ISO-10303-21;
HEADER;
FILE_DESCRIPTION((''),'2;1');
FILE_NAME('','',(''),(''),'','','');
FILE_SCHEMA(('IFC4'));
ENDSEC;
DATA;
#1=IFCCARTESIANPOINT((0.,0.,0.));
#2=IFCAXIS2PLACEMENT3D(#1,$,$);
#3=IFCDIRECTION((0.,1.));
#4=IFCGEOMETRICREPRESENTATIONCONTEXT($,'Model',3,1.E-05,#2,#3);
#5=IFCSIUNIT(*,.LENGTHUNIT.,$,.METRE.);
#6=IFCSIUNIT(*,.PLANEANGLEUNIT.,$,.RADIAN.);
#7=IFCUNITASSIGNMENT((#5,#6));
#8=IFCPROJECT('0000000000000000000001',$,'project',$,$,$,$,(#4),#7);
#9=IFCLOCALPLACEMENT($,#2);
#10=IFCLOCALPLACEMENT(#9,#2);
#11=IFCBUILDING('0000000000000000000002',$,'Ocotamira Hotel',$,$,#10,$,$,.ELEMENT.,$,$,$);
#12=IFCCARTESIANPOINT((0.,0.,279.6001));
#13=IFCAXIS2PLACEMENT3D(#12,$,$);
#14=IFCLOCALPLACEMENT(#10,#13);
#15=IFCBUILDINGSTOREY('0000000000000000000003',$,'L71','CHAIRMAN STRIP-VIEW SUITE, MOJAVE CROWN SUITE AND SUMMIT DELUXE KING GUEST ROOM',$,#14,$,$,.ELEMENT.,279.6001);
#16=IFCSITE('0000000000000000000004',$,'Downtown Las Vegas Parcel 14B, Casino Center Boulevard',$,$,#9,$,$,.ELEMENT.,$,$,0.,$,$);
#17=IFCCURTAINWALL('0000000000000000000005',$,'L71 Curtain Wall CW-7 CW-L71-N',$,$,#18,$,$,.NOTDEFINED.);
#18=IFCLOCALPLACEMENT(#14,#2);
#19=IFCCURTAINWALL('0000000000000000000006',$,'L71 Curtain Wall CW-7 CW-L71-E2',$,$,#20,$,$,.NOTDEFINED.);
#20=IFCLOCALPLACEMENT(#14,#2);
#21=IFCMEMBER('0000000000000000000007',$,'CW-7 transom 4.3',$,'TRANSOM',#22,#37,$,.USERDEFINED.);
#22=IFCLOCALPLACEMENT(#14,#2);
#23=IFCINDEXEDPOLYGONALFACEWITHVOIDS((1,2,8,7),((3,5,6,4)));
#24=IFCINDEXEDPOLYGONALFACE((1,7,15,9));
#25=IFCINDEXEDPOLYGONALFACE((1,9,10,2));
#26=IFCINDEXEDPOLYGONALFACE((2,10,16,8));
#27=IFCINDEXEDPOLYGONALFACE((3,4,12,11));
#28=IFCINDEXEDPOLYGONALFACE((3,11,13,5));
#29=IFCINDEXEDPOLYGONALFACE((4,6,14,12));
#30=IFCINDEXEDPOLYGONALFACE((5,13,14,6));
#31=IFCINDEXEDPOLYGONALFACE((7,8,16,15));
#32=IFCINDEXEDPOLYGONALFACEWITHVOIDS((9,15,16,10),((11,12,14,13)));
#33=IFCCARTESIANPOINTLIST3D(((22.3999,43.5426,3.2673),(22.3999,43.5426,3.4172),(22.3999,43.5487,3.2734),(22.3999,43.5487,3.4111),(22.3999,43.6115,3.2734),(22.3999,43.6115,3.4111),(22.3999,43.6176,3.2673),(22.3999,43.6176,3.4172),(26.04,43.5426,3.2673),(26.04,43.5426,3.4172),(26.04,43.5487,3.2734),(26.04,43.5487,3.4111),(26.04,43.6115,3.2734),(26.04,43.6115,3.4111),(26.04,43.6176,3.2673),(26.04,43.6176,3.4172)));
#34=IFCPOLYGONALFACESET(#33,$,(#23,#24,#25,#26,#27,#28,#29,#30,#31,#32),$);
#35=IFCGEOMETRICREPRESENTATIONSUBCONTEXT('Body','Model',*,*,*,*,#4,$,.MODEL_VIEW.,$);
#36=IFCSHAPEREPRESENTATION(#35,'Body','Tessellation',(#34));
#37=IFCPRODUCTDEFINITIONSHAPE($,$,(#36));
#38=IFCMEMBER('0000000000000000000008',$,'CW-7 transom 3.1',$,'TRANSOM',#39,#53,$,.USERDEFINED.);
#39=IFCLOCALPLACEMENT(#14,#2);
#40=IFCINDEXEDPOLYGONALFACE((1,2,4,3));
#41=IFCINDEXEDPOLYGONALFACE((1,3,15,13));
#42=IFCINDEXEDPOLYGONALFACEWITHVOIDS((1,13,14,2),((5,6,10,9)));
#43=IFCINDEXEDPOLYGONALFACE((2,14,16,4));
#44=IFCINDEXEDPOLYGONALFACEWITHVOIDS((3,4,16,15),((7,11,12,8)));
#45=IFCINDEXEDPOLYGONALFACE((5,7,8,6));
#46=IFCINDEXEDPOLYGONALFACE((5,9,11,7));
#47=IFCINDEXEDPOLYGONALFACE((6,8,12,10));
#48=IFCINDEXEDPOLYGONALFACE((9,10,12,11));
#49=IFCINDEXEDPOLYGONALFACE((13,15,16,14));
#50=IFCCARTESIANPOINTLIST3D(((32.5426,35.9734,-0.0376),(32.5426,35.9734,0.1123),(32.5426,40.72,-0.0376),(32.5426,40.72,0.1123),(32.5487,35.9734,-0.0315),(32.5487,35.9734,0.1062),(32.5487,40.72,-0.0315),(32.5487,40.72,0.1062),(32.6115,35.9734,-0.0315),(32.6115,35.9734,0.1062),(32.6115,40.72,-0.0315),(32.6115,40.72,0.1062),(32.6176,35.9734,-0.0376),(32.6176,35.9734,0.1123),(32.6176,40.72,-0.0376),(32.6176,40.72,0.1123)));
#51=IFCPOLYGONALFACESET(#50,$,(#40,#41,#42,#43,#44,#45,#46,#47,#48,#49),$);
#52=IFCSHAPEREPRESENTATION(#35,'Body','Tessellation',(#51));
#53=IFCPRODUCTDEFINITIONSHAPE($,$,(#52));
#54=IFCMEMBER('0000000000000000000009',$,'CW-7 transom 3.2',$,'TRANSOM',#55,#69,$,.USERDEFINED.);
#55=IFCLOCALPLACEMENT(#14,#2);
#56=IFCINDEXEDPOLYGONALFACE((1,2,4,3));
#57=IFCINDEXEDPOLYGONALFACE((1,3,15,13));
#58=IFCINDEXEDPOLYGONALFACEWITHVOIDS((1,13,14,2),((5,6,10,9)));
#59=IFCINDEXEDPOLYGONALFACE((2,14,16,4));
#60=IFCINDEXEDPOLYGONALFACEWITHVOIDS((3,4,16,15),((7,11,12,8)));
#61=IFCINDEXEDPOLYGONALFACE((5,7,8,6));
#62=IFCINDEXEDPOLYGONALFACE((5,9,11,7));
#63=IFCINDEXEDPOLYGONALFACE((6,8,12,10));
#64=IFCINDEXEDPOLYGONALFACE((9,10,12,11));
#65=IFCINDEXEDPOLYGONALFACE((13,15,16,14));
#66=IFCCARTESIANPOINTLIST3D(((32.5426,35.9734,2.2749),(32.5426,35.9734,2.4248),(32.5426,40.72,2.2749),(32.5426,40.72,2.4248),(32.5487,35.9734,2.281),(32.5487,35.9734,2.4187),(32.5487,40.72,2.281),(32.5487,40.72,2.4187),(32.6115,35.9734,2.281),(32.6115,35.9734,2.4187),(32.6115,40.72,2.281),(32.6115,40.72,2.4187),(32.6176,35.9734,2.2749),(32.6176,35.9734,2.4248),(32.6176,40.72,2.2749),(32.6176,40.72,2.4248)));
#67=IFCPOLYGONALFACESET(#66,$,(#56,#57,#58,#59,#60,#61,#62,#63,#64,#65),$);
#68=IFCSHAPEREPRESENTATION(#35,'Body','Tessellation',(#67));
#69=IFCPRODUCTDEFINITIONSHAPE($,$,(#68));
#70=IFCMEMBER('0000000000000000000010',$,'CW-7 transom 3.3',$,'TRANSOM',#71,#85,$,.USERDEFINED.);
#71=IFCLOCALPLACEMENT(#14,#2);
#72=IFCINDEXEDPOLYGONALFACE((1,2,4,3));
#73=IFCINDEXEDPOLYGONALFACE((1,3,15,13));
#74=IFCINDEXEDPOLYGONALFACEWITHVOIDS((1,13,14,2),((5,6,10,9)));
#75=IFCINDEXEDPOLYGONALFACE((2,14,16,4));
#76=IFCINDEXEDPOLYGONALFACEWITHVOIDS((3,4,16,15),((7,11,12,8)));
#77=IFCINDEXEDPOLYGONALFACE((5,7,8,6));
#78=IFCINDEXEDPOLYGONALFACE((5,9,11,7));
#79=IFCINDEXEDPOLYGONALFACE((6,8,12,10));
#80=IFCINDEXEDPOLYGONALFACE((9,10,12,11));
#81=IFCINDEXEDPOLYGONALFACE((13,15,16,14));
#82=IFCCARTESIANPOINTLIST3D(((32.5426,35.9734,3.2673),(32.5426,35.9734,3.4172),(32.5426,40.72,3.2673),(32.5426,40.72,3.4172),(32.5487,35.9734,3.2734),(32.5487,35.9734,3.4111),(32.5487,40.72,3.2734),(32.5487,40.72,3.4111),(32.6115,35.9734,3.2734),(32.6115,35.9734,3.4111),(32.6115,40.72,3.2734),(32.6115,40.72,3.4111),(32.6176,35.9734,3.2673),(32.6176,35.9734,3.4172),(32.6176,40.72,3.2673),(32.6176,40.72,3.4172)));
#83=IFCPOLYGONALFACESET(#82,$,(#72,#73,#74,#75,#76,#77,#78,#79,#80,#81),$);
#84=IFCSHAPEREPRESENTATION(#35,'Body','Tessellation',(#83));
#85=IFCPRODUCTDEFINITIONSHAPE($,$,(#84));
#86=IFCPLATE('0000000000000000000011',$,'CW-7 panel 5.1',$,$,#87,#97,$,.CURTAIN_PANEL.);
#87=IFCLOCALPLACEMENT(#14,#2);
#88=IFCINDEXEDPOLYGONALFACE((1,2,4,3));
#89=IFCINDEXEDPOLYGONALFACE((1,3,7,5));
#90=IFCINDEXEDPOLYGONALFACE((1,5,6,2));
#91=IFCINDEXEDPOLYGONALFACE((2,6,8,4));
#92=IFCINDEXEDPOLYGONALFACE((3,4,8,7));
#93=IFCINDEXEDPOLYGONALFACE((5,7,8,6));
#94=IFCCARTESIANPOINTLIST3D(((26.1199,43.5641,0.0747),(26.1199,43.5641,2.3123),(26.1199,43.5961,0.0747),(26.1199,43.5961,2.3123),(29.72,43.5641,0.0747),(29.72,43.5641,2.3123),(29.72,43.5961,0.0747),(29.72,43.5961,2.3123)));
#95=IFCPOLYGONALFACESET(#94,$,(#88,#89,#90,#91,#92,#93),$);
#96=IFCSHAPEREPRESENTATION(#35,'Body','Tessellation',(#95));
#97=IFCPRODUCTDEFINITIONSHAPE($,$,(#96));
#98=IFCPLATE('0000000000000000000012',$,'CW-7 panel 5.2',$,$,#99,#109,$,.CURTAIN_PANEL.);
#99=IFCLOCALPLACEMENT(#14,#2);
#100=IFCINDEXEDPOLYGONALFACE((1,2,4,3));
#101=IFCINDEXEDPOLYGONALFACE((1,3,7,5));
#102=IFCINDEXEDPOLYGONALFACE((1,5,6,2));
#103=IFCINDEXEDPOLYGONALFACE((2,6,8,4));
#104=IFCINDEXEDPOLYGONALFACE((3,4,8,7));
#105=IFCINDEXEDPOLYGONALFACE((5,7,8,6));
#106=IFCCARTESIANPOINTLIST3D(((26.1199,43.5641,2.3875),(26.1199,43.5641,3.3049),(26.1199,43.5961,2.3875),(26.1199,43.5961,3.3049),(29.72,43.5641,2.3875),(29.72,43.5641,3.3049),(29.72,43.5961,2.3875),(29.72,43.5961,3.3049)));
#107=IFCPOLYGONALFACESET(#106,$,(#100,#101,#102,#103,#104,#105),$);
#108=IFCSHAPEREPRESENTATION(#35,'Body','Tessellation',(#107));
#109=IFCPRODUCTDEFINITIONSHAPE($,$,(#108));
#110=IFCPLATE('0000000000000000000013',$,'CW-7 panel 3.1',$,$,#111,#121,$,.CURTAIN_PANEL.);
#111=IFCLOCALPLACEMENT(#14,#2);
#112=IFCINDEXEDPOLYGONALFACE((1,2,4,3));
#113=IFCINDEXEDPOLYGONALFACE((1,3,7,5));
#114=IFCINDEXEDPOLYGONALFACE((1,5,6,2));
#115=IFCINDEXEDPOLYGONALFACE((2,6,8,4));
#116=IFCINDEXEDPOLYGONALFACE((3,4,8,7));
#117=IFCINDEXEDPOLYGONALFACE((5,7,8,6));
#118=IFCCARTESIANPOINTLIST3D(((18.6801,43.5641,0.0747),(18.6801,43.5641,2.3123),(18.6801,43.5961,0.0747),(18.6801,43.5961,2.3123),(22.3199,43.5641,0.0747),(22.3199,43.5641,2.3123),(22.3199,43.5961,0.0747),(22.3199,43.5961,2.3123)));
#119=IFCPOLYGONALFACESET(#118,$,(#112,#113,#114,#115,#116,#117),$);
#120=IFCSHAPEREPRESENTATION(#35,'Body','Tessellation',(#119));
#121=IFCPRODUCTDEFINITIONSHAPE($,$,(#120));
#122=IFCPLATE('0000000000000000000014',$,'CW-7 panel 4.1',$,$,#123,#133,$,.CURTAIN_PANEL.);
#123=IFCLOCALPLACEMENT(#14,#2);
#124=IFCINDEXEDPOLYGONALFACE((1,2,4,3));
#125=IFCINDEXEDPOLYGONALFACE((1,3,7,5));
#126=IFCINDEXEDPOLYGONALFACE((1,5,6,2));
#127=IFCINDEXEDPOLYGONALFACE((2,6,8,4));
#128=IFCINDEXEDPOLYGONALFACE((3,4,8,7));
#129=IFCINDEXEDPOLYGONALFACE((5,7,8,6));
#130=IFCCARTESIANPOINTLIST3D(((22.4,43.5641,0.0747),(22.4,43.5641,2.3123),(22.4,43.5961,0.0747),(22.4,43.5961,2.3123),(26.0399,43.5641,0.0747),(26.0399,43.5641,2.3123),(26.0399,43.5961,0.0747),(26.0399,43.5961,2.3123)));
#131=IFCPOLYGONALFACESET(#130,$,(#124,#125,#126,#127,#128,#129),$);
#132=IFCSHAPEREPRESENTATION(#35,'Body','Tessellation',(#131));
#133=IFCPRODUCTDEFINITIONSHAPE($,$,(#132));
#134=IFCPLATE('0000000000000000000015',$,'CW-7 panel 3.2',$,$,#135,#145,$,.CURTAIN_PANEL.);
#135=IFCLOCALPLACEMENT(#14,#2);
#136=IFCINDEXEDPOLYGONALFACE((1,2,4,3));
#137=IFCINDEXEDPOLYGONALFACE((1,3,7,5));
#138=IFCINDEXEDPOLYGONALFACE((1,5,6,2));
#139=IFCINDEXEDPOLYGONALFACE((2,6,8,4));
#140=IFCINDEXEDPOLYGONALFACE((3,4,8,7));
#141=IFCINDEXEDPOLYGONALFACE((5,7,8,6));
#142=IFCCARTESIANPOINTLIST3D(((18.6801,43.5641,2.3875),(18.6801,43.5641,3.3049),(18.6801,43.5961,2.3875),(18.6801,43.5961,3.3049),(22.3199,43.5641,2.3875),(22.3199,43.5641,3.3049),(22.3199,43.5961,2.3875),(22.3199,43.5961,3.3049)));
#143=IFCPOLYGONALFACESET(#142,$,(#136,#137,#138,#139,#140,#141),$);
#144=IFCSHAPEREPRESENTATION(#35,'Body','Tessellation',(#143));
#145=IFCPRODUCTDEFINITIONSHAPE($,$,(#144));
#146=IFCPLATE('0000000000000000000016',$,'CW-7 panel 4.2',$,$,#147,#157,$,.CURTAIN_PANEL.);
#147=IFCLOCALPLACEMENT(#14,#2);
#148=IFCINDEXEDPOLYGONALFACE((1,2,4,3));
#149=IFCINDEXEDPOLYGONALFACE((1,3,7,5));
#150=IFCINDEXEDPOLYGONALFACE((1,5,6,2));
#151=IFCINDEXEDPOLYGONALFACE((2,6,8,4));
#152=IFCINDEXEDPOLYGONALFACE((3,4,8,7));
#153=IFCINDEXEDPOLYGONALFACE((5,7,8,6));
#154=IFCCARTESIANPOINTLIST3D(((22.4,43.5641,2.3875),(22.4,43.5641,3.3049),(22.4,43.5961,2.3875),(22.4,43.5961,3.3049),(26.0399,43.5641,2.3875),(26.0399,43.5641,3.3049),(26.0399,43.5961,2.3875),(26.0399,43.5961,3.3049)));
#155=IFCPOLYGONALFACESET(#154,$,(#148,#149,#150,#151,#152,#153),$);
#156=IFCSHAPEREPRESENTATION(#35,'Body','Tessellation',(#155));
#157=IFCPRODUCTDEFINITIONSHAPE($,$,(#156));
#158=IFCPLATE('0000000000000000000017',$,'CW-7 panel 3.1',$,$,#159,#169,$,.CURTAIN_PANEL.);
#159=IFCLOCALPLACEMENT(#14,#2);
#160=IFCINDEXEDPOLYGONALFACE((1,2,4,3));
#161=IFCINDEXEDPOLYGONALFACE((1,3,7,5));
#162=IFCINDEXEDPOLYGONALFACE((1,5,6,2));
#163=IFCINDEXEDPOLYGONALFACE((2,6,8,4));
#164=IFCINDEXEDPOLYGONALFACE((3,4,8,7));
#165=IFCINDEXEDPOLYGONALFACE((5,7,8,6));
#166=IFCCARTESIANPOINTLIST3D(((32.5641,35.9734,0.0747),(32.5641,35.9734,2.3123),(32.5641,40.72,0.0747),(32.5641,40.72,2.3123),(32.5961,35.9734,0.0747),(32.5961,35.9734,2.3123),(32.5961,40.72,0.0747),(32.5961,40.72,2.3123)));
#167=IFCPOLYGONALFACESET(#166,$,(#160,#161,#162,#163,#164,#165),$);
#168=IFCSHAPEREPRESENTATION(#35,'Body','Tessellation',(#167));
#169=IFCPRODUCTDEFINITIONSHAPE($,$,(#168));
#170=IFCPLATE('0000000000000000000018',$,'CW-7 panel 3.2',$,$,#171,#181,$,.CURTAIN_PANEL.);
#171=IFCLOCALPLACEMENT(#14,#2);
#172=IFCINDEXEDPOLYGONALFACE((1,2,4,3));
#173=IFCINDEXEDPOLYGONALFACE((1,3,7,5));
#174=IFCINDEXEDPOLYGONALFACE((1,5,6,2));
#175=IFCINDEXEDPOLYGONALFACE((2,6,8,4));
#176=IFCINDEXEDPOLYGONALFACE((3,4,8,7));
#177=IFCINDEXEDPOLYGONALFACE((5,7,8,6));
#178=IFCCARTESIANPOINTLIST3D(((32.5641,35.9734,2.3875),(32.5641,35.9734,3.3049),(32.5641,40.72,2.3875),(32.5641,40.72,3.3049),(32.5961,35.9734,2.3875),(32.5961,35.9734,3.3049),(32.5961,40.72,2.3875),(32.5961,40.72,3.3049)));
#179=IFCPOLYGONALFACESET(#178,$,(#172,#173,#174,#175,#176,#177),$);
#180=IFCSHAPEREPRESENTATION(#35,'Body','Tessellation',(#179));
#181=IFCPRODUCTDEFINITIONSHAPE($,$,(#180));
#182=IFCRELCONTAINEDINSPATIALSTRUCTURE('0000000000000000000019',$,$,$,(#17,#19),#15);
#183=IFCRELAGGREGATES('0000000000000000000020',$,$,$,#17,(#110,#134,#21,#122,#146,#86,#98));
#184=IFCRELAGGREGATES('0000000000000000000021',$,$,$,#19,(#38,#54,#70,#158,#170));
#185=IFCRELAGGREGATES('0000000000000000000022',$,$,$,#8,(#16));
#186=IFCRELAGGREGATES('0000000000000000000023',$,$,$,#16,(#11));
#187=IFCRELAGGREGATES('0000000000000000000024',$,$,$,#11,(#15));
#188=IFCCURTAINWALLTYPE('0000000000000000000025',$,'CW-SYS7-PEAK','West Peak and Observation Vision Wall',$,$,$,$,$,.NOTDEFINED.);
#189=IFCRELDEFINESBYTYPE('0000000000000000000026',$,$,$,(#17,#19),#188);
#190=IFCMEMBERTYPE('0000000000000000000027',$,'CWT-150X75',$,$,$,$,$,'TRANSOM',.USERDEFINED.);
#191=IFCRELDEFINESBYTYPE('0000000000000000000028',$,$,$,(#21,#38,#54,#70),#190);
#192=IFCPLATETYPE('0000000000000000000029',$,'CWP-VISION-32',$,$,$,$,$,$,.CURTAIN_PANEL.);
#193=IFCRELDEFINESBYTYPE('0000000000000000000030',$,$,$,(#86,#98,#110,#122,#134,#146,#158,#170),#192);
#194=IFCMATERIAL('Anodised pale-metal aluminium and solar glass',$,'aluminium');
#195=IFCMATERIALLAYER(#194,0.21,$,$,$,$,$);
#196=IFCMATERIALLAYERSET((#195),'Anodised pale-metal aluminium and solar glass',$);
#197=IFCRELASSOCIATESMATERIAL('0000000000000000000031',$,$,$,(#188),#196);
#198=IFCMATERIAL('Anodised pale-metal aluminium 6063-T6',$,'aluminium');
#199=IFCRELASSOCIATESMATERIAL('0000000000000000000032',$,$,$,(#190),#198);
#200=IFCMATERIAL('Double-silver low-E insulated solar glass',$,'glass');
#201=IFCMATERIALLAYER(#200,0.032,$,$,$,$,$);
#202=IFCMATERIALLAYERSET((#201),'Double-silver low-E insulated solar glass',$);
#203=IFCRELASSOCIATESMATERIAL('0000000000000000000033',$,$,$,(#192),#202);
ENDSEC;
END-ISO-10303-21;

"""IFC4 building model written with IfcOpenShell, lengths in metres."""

from ifc_helpers import new_model, si_unit, direction, frame, origin, origin_2d, place, context, subcontext, project, spatial, rectangle, hollow_rectangle, extrude, source, transform, mapped, material, layer, layer_set, material_profile, profile_set, type_object, element, aggregate, save


model = new_model("IFC4")

# Units and contexts
model_context = context("Model", 3, precision=1e-05, world=origin(), true_north=direction((0.0, 1.0)))
body_context = subcontext(model_context, "Body", "Model", "MODEL_VIEW")
ifc_project = project(units=[si_unit("LENGTHUNIT", "METRE"), si_unit("PLANEANGLEUNIT", "RADIAN")], contexts=[model_context])

# Site, building, storey
site_placement = place(None, origin())
site = spatial("IfcSite", under=ifc_project, at=site_placement, Name="Downtown Las Vegas Parcel 14B, Casino Center Boulevard", CompositionType="ELEMENT", RefElevation=0.0)
building_placement = place(site_placement, origin())
building = spatial("IfcBuilding", under=site, at=building_placement, Name="Ocotamira Hotel", CompositionType="ELEMENT")
storey_placement = place(building_placement, frame((0.0, 0.0, 279.6001)))
storey = spatial("IfcBuildingStorey", under=building, at=storey_placement, Name="L71", Description="CHAIRMAN STRIP-VIEW SUITE, MOJAVE CROWN SUITE AND SUMMIT DELUXE KING GUEST ROOM", CompositionType="ELEMENT", Elevation=279.6001)

# Curtain wall
ifc_material_1 = material(Name="Anodised pale-metal aluminium and solar glass", Category="aluminium")
ifc_layer_1 = layer(ifc_material_1, 0.21)
ifc_layer_set_1 = layer_set([ifc_layer_1], Name="Anodised pale-metal aluminium and solar glass")
curtain_wall_type = type_object("IfcCurtainWallType", Name="CW-SYS7-PEAK", Description="West Peak and Observation Vision Wall", PredefinedType="NOTDEFINED", material=ifc_layer_set_1)
curtain_wall_1_placement = place(storey_placement, origin())
curtain_wall_1 = element("IfcCurtainWall", 1, at=curtain_wall_1_placement, inside=storey, type_object=curtain_wall_type, Name="L71 Curtain Wall CW-7 CW-L71-N", PredefinedType="NOTDEFINED")
ifc_material_2 = material(Name="Anodised pale-metal aluminium 6063-T6", Category="aluminium")

# Curtain wall
curtain_wall_2_placement = place(storey_placement, origin())
curtain_wall_2 = element("IfcCurtainWall", 2, at=curtain_wall_2_placement, inside=storey, type_object=curtain_wall_type, Name="L71 Curtain Wall CW-7 CW-L71-E2", PredefinedType="NOTDEFINED")

# Members
ifc_material_profile_1 = material_profile(ifc_material_2, hollow_rectangle(XDim=0.075, YDim=0.1499, WallThickness=0.0061, at=origin_2d()), Name="HSS150X75X6")
ifc_profile_set_1 = profile_set([ifc_material_profile_1], Name="Anodised pale-metal aluminium 6063-T6")
member_type_1 = type_object("IfcMemberType", Name="CWT-150X75", ElementType="TRANSOM", PredefinedType="USERDEFINED", material=ifc_profile_set_1)
shared_shape_1 = source(origin(), body_context, "Body", "SweptSolid", [
    extrude(hollow_rectangle(XDim=0.075, YDim=0.1499, WallThickness=0.0061, at=origin_2d()), origin(), (0.0, 0.0, 1.0), 3.6401),
])
member_1_placement = place(storey_placement, frame((22.3999, 43.5801, 3.3423), z_axis=(1.0, 0.0, 0.0), x_axis=(0.0, 1.0, 0.0)))
member_1 = element("IfcMember", 3, at=member_1_placement, type_object=member_type_1, Name="CW-7 transom 4.3", ObjectType="TRANSOM", PredefinedType="USERDEFINED", context=body_context, shape_type="MappedRepresentation", body=[
    mapped(shared_shape_1, transform((0.0, 0.0, 0.0), scale=1.0)),
])
shared_shape_2 = source(origin(), body_context, "Body", "SweptSolid", [
    extrude(hollow_rectangle(XDim=0.075, YDim=0.1499, WallThickness=0.0061, at=origin_2d()), origin(), (0.0, 0.0, 1.0), 4.7466),
])
member_2_placement = place(storey_placement, frame((32.5801, 35.9734, 0.0374), z_axis=(0.0, 1.0, 0.0), x_axis=(-1.0, 0.0, 0.0)))
member_2 = element("IfcMember", 4, at=member_2_placement, type_object=member_type_1, Name="CW-7 transom 3.1", ObjectType="TRANSOM", PredefinedType="USERDEFINED", context=body_context, shape_type="MappedRepresentation", body=[
    mapped(shared_shape_2, transform((0.0, 0.0, 0.0), scale=1.0)),
])
member_3_placement = place(storey_placement, frame((32.5801, 35.9734, 2.3499), z_axis=(0.0, 1.0, 0.0), x_axis=(-1.0, 0.0, 0.0)))
member_3 = element("IfcMember", 5, at=member_3_placement, type_object=member_type_1, Name="CW-7 transom 3.2", ObjectType="TRANSOM", PredefinedType="USERDEFINED", context=body_context, shape_type="MappedRepresentation", body=[
    mapped(shared_shape_2, transform((0.0, 0.0, 0.0), scale=1.0)),
])
member_4_placement = place(storey_placement, frame((32.5801, 35.9734, 3.3423), z_axis=(0.0, 1.0, 0.0), x_axis=(-1.0, 0.0, 0.0)))
member_4 = element("IfcMember", 6, at=member_4_placement, type_object=member_type_1, Name="CW-7 transom 3.3", ObjectType="TRANSOM", PredefinedType="USERDEFINED", context=body_context, shape_type="MappedRepresentation", body=[
    mapped(shared_shape_2, transform((0.0, 0.0, 0.0), scale=1.0)),
])

# Plates
ifc_material_3 = material(Name="Double-silver low-E insulated solar glass", Category="glass")
ifc_layer_2 = layer(ifc_material_3, 0.032)
ifc_layer_set_2 = layer_set([ifc_layer_2], Name="Double-silver low-E insulated solar glass")
plate_type = type_object("IfcPlateType", Name="CWP-VISION-32", PredefinedType="CURTAIN_PANEL", material=ifc_layer_set_2)
shared_shape_3 = source(origin(), body_context, "Body", "SweptSolid", [
    extrude(rectangle(XDim=3.6001, YDim=0.032, at=origin_2d()), origin(), (0.0, 0.0, 1.0), 2.2375),
])
plate_1_placement = place(storey_placement, frame((27.9199, 43.5801, 0.0747), z_axis=(0.0, 0.0, 1.0), x_axis=(1.0, 0.0, 0.0)))
plate_1 = element("IfcPlate", 7, at=plate_1_placement, type_object=plate_type, Name="CW-7 panel 5.1", PredefinedType="CURTAIN_PANEL", context=body_context, shape_type="MappedRepresentation", body=[
    mapped(shared_shape_3, transform((0.0, 0.0, 0.0), scale=1.0)),
])
shared_shape_4 = source(origin(), body_context, "Body", "SweptSolid", [
    extrude(rectangle(XDim=3.6001, YDim=0.032, at=origin_2d()), origin(), (0.0, 0.0, 1.0), 0.9175),
])
plate_2_placement = place(storey_placement, frame((27.9199, 43.5801, 2.3875), z_axis=(0.0, 0.0, 1.0), x_axis=(1.0, 0.0, 0.0)))
plate_2 = element("IfcPlate", 8, at=plate_2_placement, type_object=plate_type, Name="CW-7 panel 5.2", PredefinedType="CURTAIN_PANEL", context=body_context, shape_type="MappedRepresentation", body=[
    mapped(shared_shape_4, transform((0.0, 0.0, 0.0), scale=1.0)),
])
shared_shape_5 = source(origin(), body_context, "Body", "SweptSolid", [
    extrude(rectangle(XDim=3.6399, YDim=0.032, at=origin_2d()), origin(), (0.0, 0.0, 1.0), 2.2375),
])
plate_3_placement = place(storey_placement, frame((20.5, 43.5801, 0.0747), z_axis=(0.0, 0.0, 1.0), x_axis=(1.0, 0.0, 0.0)))
plate_3 = element("IfcPlate", 9, at=plate_3_placement, type_object=plate_type, Name="CW-7 panel 3.1", PredefinedType="CURTAIN_PANEL", context=body_context, shape_type="MappedRepresentation", body=[
    mapped(shared_shape_5, transform((0.0, 0.0, 0.0), scale=1.0)),
])
plate_4_placement = place(storey_placement, frame((24.22, 43.5801, 0.0747), z_axis=(0.0, 0.0, 1.0), x_axis=(1.0, 0.0, 0.0)))
plate_4 = element("IfcPlate", 10, at=plate_4_placement, type_object=plate_type, Name="CW-7 panel 4.1", PredefinedType="CURTAIN_PANEL", context=body_context, shape_type="MappedRepresentation", body=[
    mapped(shared_shape_5, transform((0.0, 0.0, 0.0), scale=1.0)),
])
shared_shape_6 = source(origin(), body_context, "Body", "SweptSolid", [
    extrude(rectangle(XDim=3.6399, YDim=0.032, at=origin_2d()), origin(), (0.0, 0.0, 1.0), 0.9175),
])
plate_5_placement = place(storey_placement, frame((20.5, 43.5801, 2.3875), z_axis=(0.0, 0.0, 1.0), x_axis=(1.0, 0.0, 0.0)))
plate_5 = element("IfcPlate", 11, at=plate_5_placement, type_object=plate_type, Name="CW-7 panel 3.2", PredefinedType="CURTAIN_PANEL", context=body_context, shape_type="MappedRepresentation", body=[
    mapped(shared_shape_6, transform((0.0, 0.0, 0.0), scale=1.0)),
])
plate_6_placement = place(storey_placement, frame((24.22, 43.5801, 2.3875), z_axis=(0.0, 0.0, 1.0), x_axis=(1.0, 0.0, 0.0)))
plate_6 = element("IfcPlate", 12, at=plate_6_placement, type_object=plate_type, Name="CW-7 panel 4.2", PredefinedType="CURTAIN_PANEL", context=body_context, shape_type="MappedRepresentation", body=[
    mapped(shared_shape_6, transform((0.0, 0.0, 0.0), scale=1.0)),
])
aggregate(curtain_wall_1, [plate_3, plate_5, member_1, plate_4, plate_6, plate_1, plate_2])
shared_shape_7 = source(origin(), body_context, "Body", "SweptSolid", [
    extrude(rectangle(XDim=4.7466, YDim=0.032, at=origin_2d()), origin(), (0.0, 0.0, 1.0), 2.2375),
])
plate_7_placement = place(storey_placement, frame((32.5801, 38.3467, 0.0747), z_axis=(0.0, 0.0, 1.0), x_axis=(0.0, 1.0, 0.0)))
plate_7 = element("IfcPlate", 13, at=plate_7_placement, type_object=plate_type, Name="CW-7 panel 3.1", PredefinedType="CURTAIN_PANEL", context=body_context, shape_type="MappedRepresentation", body=[
    mapped(shared_shape_7, transform((0.0, 0.0, 0.0), scale=1.0)),
])
shared_shape_8 = source(origin(), body_context, "Body", "SweptSolid", [
    extrude(rectangle(XDim=4.7466, YDim=0.032, at=origin_2d()), origin(), (0.0, 0.0, 1.0), 0.9175),
])
plate_8_placement = place(storey_placement, frame((32.5801, 38.3467, 2.3875), z_axis=(0.0, 0.0, 1.0), x_axis=(0.0, 1.0, 0.0)))
plate_8 = element("IfcPlate", 14, at=plate_8_placement, type_object=plate_type, Name="CW-7 panel 3.2", PredefinedType="CURTAIN_PANEL", context=body_context, shape_type="MappedRepresentation", body=[
    mapped(shared_shape_8, transform((0.0, 0.0, 0.0), scale=1.0)),
])
aggregate(curtain_wall_2, [member_2, member_3, member_4, plate_7, plate_8])

save(model, "model.ifc")
